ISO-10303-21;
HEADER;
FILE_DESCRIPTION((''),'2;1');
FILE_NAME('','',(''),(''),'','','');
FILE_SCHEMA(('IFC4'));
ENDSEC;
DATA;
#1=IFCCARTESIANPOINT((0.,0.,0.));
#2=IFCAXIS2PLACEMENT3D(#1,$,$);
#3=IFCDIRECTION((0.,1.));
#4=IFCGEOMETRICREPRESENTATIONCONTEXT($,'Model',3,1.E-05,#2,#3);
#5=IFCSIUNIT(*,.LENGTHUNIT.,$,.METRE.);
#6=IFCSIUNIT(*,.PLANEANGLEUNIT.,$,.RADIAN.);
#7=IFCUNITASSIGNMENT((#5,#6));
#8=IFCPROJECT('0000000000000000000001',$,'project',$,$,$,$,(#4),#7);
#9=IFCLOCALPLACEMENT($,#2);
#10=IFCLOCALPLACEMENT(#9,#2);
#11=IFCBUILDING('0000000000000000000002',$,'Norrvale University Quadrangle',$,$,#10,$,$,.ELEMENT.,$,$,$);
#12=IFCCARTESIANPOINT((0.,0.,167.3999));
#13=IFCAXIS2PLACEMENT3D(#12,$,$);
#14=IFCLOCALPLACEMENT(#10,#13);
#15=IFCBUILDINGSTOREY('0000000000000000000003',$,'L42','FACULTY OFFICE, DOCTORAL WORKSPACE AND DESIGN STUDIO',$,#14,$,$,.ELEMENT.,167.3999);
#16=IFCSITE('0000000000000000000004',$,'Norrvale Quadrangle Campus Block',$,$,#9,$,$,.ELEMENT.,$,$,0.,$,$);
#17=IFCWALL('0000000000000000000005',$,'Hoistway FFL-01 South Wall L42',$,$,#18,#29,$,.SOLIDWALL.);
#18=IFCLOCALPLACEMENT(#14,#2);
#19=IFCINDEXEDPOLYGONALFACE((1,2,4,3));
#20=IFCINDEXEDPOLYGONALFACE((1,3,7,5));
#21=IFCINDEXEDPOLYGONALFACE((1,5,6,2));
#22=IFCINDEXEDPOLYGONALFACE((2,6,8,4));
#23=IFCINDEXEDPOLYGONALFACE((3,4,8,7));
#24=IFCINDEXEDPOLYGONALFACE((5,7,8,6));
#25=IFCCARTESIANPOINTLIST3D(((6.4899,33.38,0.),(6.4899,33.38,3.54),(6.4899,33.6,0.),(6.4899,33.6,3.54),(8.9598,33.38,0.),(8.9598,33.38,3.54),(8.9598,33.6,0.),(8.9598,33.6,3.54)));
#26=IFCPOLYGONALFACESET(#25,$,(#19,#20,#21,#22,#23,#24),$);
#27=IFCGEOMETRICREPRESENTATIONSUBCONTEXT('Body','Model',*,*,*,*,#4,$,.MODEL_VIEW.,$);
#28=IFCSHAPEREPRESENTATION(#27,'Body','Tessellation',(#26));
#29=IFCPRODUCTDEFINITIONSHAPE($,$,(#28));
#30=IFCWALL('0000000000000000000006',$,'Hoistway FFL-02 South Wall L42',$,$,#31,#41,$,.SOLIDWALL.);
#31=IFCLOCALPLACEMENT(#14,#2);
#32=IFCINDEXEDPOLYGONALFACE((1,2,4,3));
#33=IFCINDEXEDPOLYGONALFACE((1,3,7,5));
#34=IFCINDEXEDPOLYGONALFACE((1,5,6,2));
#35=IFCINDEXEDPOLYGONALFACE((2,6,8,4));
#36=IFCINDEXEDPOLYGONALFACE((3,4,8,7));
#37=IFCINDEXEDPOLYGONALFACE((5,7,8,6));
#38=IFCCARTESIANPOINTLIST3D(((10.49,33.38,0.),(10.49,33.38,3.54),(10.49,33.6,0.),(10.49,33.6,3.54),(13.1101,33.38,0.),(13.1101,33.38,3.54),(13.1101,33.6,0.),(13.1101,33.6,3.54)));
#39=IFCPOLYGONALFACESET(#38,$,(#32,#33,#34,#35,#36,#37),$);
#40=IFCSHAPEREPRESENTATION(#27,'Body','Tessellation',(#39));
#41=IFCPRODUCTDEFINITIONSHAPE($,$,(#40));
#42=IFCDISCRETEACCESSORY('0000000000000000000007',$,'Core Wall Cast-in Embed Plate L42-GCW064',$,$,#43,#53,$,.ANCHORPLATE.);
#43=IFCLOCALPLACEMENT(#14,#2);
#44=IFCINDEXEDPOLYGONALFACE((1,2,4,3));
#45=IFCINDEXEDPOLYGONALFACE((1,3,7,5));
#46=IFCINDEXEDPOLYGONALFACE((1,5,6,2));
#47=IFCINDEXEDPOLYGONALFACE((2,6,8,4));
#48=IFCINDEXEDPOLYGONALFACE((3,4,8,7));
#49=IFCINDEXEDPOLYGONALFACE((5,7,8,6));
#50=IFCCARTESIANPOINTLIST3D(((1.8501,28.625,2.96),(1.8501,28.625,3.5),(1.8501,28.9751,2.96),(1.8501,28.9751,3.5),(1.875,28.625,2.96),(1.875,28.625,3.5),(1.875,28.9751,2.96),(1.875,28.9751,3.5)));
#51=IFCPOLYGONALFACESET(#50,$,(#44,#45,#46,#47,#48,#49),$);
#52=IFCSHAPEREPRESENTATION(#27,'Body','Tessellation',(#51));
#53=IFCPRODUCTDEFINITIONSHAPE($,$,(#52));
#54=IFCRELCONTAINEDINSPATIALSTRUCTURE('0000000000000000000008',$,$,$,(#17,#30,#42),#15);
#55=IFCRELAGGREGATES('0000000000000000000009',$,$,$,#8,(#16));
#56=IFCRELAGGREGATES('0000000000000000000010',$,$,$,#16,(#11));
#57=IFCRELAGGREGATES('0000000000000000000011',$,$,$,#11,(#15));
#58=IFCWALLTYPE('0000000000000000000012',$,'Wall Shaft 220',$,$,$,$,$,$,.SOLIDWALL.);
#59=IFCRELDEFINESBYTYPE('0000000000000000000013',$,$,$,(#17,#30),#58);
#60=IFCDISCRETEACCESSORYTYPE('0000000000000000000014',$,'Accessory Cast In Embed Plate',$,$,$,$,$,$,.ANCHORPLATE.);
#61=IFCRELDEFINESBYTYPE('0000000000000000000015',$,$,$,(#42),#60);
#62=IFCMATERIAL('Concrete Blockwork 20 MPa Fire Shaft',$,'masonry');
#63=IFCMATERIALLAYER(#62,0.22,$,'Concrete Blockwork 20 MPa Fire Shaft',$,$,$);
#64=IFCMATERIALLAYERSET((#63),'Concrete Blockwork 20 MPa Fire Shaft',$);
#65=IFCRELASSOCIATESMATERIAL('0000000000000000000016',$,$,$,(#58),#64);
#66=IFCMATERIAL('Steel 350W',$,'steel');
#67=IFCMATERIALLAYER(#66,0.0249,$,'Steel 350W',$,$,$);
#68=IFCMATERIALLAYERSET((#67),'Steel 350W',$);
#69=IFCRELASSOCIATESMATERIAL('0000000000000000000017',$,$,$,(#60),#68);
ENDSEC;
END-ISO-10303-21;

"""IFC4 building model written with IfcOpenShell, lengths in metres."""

from ifc_helpers import new_model, si_unit, direction, frame, frame_2d, origin, origin_2d, place, context, subcontext, project, spatial, rectangle, extrude, material, layer, layer_set, type_object, element, save


model = new_model("IFC4")

# Units and contexts
model_context = context("Model", 3, precision=1e-05, world=origin(), true_north=direction((0.0, 1.0)))
body_context = subcontext(model_context, "Body", "Model", "MODEL_VIEW")
ifc_project = project(units=[si_unit("LENGTHUNIT", "METRE"), si_unit("PLANEANGLEUNIT", "RADIAN")], contexts=[model_context])

# Site, building, storey
site_placement = place(None, origin())
site = spatial("IfcSite", under=ifc_project, at=site_placement, Name="Norrvale Quadrangle Campus Block", CompositionType="ELEMENT", RefElevation=0.0)
building_placement = place(site_placement, origin())
building = spatial("IfcBuilding", under=site, at=building_placement, Name="Norrvale University Quadrangle", CompositionType="ELEMENT")
storey_placement = place(building_placement, frame((0.0, 0.0, 167.3999)))
storey = spatial("IfcBuildingStorey", under=building, at=storey_placement, Name="L42", Description="FACULTY OFFICE, DOCTORAL WORKSPACE AND DESIGN STUDIO", CompositionType="ELEMENT", Elevation=167.3999)

# Shared definitions
ifc_material_1 = material(Name="Steel 350W", Category="steel")

# Shared definitions
ifc_material_2 = material(Name="Concrete Blockwork 20 MPa Fire Shaft", Category="masonry")
ifc_layer_1 = layer(ifc_material_2, 0.22, Name="Concrete Blockwork 20 MPa Fire Shaft")
ifc_layer_set_1 = layer_set([ifc_layer_1], Name="Concrete Blockwork 20 MPa Fire Shaft")
wall_type_1 = type_object("IfcWallType", Name="Wall Shaft 220", PredefinedType="SOLIDWALL", material=ifc_layer_set_1)

# Walls
wall_1_placement = place(storey_placement, frame((6.49, 33.49, 0.0), z_axis=(0.0, 0.0, 1.0), x_axis=(1.0, 0.0, 0.0)))
element("IfcWall", 1, at=wall_1_placement, inside=storey, type_object=wall_type_1, Name="Hoistway FFL-01 South Wall L42", PredefinedType="SOLIDWALL", context=body_context, shape_type="SweptSolid", body=[
    extrude(rectangle(XDim=2.47, YDim=0.22, at=frame_2d((1.2349, 0.0))), origin(), (0.0, 0.0, 1.0), 3.54),
])
wall_2_placement = place(storey_placement, frame((10.49, 33.49, 0.0), z_axis=(0.0, 0.0, 1.0), x_axis=(1.0, 0.0, 0.0)))
element("IfcWall", 2, at=wall_2_placement, inside=storey, type_object=wall_type_1, Name="Hoistway FFL-02 South Wall L42", PredefinedType="SOLIDWALL", context=body_context, shape_type="SweptSolid", body=[
    extrude(rectangle(XDim=2.6201, YDim=0.22, at=frame_2d((1.3101, 0.0))), origin(), (0.0, 0.0, 1.0), 3.54),
])

# Discrete accessory
ifc_layer_2 = layer(ifc_material_1, 0.0249, Name="Steel 350W")
ifc_layer_set_2 = layer_set([ifc_layer_2], Name="Steel 350W")
discrete_accessory_type = type_object("IfcDiscreteAccessoryType", Name="Accessory Cast In Embed Plate", PredefinedType="ANCHORPLATE", material=ifc_layer_set_2)
discrete_accessory_placement = place(storey_placement, frame((1.8625, 28.8, 2.96), z_axis=(0.0, 0.0, 1.0), x_axis=(1.0, 0.0, 0.0)))
element("IfcDiscreteAccessory", 3, at=discrete_accessory_placement, inside=storey, type_object=discrete_accessory_type, Name="Core Wall Cast-in Embed Plate L42-GCW064", PredefinedType="ANCHORPLATE", context=body_context, shape_type="SweptSolid", body=[
    extrude(rectangle(XDim=0.0249, YDim=0.3501, at=origin_2d()), origin(), (0.0, 0.0, 1.0), 0.54),
])

save(model, "model.ifc")
